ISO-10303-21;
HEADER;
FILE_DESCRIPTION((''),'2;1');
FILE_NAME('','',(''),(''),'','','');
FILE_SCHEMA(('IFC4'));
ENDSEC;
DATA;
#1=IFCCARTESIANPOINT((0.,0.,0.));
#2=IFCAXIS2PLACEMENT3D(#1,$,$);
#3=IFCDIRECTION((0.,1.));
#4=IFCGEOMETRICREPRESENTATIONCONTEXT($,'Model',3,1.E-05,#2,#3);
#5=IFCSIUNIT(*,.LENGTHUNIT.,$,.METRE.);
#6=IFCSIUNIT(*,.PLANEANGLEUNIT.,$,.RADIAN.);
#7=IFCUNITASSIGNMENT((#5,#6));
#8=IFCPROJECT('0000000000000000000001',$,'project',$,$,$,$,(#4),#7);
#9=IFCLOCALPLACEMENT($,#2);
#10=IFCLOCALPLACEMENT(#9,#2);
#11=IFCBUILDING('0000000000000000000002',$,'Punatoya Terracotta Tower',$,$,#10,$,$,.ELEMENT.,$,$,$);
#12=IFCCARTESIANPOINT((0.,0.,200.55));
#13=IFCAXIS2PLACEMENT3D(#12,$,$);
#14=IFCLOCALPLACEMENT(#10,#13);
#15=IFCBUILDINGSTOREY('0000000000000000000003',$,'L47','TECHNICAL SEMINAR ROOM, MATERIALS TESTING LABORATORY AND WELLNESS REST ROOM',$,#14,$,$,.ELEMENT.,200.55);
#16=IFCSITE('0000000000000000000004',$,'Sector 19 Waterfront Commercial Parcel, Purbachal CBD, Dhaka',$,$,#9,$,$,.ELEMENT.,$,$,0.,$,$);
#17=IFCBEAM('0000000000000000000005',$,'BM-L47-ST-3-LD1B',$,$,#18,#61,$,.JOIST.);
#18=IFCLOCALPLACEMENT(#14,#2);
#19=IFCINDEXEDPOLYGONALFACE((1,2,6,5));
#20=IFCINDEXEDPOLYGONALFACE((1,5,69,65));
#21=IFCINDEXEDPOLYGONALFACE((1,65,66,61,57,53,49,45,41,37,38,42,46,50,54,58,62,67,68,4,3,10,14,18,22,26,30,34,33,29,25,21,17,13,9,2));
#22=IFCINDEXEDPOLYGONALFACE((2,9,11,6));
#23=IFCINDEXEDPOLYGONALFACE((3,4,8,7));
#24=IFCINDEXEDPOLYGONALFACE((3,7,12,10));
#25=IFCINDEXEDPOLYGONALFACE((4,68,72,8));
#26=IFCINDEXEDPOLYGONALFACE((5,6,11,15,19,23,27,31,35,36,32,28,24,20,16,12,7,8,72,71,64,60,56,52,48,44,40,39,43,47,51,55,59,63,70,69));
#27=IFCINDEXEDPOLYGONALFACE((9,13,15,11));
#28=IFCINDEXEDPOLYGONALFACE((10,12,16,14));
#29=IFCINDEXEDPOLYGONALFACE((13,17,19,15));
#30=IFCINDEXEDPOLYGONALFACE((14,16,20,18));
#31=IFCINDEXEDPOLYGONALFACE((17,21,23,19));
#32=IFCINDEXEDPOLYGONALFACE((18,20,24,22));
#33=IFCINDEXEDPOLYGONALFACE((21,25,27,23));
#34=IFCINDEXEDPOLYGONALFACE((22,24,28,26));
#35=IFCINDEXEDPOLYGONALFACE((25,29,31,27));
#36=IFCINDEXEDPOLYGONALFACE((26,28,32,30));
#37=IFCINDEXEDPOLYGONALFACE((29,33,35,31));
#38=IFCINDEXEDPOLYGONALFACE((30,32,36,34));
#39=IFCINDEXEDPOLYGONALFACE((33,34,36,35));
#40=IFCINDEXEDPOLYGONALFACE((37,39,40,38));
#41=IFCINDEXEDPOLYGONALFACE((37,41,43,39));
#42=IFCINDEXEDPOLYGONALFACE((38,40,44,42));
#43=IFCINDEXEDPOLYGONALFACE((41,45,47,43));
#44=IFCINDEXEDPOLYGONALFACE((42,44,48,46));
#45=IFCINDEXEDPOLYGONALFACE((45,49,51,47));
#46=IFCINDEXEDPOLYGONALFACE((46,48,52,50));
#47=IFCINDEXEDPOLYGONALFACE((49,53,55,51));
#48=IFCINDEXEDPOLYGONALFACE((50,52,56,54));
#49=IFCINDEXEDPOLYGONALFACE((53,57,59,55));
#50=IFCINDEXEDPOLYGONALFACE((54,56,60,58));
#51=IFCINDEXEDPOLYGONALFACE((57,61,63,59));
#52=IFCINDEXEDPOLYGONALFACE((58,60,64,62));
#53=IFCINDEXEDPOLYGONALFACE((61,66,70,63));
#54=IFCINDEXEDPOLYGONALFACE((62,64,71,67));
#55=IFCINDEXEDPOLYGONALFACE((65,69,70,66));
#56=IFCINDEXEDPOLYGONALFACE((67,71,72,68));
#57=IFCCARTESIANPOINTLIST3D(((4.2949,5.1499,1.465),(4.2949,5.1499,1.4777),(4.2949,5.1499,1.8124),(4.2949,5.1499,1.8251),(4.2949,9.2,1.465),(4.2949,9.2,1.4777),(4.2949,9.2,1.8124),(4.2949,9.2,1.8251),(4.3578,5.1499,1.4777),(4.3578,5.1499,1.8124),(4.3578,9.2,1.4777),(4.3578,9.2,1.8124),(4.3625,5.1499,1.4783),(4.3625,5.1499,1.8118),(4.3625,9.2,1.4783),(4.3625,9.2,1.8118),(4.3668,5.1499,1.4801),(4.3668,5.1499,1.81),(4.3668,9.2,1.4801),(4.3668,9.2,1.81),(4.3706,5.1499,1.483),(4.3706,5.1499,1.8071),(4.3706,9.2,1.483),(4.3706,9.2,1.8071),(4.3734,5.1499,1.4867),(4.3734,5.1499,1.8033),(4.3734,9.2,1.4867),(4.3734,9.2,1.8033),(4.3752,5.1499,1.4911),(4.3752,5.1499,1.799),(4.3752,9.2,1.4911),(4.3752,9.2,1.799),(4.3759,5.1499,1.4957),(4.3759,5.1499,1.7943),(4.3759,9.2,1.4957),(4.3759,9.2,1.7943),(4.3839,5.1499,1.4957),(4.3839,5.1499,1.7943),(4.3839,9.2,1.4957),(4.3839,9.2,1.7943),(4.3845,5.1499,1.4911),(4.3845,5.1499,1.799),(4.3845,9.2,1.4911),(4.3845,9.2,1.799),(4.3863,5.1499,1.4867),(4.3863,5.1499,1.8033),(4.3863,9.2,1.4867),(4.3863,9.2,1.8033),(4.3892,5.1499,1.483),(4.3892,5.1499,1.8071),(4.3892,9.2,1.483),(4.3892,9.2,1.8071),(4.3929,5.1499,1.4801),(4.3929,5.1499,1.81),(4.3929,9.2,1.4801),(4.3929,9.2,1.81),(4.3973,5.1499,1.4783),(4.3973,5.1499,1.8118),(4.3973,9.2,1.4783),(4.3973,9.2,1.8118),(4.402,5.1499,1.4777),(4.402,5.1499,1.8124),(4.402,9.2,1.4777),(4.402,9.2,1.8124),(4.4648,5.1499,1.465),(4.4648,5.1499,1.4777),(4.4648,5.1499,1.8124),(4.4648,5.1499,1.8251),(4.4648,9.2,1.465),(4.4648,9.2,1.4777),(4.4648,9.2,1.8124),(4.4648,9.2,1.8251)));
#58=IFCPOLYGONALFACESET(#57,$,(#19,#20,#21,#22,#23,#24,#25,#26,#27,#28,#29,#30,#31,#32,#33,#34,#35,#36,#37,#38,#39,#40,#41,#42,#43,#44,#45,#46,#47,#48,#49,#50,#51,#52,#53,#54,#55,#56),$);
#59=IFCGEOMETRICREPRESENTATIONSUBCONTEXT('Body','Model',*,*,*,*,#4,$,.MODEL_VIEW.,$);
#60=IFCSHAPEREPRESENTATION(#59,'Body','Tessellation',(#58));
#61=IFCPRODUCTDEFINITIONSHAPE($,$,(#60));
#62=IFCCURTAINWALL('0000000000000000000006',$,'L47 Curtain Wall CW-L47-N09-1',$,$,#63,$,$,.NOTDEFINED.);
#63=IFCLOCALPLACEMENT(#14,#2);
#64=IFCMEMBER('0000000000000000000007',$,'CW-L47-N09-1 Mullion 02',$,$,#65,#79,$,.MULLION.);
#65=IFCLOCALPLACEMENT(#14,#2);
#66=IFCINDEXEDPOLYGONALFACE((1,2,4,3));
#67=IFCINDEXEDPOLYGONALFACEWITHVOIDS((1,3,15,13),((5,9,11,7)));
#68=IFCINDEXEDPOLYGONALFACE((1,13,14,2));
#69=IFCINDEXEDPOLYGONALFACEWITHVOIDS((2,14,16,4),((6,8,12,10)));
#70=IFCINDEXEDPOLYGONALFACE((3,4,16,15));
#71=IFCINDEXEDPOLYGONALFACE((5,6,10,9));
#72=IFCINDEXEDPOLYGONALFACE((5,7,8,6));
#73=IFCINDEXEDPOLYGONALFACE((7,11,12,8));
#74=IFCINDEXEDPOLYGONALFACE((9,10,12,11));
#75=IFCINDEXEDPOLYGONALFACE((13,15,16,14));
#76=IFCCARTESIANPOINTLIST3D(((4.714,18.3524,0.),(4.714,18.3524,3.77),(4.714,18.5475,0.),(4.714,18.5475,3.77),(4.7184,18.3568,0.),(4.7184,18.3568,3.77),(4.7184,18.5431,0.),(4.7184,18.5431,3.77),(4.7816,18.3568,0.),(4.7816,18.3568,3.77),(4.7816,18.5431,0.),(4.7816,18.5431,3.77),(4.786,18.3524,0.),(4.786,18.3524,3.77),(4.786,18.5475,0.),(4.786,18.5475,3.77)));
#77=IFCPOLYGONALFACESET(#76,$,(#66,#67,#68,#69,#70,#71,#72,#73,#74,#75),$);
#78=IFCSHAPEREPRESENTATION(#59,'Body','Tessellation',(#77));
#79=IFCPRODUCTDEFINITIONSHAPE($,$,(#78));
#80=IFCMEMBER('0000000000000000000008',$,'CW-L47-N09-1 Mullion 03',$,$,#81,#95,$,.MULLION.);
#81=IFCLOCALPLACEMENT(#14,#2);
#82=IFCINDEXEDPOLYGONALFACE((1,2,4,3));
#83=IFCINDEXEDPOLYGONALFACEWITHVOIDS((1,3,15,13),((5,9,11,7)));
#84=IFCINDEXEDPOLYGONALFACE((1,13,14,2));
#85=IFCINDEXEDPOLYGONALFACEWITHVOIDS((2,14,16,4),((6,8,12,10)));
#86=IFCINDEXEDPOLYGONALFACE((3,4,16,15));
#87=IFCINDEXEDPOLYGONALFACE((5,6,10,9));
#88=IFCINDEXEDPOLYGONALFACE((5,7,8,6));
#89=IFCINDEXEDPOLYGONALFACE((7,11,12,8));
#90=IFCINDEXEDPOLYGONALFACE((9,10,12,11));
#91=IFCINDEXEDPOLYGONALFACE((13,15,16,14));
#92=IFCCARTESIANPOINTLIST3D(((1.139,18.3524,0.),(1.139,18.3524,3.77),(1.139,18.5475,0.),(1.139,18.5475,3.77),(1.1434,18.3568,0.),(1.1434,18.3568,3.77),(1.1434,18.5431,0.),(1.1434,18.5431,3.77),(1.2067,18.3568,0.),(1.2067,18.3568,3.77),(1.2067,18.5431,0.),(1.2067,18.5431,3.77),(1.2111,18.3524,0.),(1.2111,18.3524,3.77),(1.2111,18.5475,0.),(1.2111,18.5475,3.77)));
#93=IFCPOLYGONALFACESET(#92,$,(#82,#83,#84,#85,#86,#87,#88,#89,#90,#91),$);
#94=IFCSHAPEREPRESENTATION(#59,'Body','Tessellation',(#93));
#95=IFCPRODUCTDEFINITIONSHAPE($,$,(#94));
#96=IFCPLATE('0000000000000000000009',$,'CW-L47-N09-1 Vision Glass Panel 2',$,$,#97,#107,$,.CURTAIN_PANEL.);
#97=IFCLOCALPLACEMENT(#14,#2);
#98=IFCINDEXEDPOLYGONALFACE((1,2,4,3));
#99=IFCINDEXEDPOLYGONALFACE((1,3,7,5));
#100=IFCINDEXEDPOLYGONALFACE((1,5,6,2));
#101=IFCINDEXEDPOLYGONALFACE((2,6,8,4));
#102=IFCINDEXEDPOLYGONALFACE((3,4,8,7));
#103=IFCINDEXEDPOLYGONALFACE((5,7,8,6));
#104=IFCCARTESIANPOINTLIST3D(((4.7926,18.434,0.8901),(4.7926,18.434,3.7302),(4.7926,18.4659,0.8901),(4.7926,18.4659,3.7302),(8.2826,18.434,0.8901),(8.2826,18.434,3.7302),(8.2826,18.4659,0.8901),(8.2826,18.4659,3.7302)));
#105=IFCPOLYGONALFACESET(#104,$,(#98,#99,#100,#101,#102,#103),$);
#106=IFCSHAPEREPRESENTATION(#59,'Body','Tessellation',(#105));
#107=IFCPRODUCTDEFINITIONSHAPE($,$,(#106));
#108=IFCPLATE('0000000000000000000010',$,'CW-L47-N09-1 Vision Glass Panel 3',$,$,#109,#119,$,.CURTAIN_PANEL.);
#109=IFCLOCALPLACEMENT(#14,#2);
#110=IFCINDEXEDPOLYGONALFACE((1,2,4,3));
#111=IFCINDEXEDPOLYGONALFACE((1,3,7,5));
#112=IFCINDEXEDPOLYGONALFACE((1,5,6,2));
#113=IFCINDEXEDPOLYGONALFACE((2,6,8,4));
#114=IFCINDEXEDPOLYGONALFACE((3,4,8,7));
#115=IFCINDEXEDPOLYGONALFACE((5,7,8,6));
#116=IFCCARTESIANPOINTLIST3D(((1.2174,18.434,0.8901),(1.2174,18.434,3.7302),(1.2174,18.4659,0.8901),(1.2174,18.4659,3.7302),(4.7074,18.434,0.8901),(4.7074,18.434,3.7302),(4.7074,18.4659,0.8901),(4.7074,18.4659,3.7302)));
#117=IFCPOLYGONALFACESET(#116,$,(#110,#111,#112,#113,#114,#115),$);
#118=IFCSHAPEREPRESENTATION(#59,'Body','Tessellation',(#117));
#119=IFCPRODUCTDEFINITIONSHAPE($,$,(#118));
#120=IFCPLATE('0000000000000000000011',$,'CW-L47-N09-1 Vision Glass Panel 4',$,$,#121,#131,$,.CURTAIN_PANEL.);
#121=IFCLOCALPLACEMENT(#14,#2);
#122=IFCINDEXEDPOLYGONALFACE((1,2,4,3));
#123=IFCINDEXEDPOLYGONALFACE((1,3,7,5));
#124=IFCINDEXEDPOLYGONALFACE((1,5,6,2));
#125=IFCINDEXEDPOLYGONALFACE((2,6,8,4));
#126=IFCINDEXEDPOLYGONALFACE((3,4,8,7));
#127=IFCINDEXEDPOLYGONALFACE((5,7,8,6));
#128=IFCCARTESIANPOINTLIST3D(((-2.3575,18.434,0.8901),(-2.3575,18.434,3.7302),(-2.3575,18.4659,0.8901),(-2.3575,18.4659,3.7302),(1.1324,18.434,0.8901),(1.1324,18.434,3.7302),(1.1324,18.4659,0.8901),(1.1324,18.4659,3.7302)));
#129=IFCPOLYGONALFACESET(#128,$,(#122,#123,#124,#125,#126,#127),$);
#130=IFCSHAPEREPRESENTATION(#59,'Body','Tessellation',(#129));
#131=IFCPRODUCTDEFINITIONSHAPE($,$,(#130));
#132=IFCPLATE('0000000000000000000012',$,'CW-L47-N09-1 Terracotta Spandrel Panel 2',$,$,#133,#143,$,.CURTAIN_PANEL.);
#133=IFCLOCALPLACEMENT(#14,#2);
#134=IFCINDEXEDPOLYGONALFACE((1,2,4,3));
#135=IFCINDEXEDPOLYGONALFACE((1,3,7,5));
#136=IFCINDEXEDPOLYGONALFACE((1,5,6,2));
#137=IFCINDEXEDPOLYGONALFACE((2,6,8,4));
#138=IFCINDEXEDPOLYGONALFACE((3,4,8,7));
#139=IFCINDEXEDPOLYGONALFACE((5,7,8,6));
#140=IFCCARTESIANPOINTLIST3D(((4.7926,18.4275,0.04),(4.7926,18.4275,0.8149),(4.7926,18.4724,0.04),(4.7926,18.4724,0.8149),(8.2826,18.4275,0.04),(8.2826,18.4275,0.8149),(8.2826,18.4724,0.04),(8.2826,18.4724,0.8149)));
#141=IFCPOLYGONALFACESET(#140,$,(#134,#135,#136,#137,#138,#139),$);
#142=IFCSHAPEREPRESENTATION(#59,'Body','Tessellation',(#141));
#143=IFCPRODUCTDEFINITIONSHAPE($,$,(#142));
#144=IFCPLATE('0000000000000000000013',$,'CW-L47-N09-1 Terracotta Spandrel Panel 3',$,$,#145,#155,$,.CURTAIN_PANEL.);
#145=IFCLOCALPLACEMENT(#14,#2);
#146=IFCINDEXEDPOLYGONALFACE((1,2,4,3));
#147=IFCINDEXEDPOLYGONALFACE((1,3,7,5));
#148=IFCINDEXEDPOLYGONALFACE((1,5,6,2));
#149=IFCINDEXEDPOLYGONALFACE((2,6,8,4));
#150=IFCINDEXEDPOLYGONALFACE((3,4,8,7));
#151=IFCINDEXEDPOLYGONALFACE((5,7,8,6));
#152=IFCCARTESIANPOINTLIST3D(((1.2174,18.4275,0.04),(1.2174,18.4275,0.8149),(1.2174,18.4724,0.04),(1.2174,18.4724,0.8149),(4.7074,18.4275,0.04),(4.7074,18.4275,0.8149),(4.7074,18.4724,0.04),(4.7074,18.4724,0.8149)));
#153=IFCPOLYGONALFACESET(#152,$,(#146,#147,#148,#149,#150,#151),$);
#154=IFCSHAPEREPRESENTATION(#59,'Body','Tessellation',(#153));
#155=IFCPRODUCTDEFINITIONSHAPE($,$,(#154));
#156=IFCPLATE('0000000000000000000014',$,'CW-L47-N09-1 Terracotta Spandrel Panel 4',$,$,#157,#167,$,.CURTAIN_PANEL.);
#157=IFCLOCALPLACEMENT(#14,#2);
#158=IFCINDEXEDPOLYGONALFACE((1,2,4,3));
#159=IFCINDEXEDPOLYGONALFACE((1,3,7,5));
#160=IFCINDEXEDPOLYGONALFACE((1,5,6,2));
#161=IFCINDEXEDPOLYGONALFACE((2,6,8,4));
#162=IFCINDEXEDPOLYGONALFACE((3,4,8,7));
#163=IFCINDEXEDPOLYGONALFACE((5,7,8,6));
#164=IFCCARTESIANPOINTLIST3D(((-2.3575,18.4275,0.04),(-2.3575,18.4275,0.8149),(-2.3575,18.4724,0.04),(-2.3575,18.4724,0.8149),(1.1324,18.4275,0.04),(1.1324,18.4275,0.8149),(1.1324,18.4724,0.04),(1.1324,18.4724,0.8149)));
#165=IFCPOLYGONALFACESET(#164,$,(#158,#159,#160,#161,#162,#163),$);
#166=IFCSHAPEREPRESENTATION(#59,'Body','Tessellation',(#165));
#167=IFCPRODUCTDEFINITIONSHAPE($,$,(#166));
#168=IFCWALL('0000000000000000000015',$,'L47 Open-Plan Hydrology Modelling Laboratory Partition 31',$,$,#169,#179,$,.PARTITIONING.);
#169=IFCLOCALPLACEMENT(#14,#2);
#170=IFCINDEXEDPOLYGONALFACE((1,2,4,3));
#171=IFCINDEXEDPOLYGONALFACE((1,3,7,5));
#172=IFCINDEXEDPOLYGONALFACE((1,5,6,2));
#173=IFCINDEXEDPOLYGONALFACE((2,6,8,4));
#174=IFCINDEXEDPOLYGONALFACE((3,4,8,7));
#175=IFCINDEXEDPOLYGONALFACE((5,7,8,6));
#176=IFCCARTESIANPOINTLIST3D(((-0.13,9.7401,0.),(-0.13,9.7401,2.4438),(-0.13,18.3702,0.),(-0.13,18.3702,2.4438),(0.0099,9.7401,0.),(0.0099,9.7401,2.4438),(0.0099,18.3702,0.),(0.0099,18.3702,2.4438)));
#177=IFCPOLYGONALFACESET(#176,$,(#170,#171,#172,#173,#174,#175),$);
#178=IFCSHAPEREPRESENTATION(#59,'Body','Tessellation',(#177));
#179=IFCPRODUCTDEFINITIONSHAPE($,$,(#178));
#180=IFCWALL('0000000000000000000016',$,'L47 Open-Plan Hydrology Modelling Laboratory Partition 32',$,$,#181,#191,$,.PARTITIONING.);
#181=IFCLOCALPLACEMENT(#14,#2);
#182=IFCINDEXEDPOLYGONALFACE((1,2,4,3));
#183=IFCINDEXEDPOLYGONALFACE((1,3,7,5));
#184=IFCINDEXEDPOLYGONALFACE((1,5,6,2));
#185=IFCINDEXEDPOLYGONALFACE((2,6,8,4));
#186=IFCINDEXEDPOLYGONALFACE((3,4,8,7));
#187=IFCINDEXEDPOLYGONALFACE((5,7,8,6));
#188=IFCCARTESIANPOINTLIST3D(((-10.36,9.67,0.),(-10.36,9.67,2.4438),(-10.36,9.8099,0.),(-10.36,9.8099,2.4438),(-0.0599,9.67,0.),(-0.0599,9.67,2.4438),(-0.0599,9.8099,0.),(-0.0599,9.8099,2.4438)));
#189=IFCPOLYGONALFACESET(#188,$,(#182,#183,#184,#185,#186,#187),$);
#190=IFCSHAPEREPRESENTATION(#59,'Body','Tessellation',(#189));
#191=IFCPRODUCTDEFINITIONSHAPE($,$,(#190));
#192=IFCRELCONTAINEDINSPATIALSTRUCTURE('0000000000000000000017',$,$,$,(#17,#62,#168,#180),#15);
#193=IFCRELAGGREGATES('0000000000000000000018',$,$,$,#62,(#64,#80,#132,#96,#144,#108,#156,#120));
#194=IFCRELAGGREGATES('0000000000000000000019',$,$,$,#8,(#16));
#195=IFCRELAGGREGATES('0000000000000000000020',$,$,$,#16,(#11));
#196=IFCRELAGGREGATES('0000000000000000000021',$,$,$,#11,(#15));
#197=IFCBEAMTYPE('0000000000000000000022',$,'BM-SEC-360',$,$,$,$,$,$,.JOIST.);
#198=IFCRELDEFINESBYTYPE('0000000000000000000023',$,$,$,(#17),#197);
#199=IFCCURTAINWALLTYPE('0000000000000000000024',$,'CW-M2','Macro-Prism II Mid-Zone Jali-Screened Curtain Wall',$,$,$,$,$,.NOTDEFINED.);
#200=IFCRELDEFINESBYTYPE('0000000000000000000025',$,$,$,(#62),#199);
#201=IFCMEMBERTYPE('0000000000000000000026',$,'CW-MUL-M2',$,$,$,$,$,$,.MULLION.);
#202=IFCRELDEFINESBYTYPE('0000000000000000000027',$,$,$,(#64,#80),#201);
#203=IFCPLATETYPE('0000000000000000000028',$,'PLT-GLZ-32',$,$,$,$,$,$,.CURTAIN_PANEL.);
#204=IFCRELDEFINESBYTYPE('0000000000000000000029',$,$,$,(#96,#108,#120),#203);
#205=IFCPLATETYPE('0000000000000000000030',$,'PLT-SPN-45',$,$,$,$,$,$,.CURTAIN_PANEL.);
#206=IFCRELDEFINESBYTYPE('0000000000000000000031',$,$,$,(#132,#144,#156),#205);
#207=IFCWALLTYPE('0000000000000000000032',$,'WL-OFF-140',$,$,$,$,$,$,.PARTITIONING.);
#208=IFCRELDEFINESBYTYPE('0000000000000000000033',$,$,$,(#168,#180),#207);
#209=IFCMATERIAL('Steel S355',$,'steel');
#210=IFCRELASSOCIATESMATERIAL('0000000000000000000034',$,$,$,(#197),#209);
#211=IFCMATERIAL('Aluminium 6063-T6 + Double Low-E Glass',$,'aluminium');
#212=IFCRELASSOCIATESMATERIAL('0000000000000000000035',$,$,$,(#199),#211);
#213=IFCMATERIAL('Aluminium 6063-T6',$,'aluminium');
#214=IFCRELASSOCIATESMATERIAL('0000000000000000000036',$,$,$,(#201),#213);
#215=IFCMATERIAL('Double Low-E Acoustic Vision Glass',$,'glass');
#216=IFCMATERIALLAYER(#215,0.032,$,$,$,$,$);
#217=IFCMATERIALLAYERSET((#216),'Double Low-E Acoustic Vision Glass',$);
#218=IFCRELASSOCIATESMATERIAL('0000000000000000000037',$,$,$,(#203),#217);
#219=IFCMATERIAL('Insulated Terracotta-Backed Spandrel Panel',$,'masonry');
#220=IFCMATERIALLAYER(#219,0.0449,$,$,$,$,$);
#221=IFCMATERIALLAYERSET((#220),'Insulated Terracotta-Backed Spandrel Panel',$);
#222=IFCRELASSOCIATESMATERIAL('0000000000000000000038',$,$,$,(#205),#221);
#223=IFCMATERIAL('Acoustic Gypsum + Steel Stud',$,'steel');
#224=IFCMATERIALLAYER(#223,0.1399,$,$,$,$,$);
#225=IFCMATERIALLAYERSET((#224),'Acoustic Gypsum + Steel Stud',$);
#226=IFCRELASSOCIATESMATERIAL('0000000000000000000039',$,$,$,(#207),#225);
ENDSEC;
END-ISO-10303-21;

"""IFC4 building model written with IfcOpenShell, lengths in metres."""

from ifc_helpers import new_model, si_unit, direction, frame, frame_2d, origin, origin_2d, place, context, subcontext, project, spatial, rectangle, hollow_rectangle, i_section, extrude, material, layer, layer_set, material_profile, profile_set, type_object, element, aggregate, save


model = new_model("IFC4")

# Units and contexts
model_context = context("Model", 3, precision=1e-05, world=origin(), true_north=direction((0.0, 1.0)))
body_context = subcontext(model_context, "Body", "Model", "MODEL_VIEW")
ifc_project = project(units=[si_unit("LENGTHUNIT", "METRE"), si_unit("PLANEANGLEUNIT", "RADIAN")], contexts=[model_context])

# Site, building, storey
site_placement = place(None, origin())
site = spatial("IfcSite", under=ifc_project, at=site_placement, Name="Sector 19 Waterfront Commercial Parcel, Purbachal CBD, Dhaka", CompositionType="ELEMENT", RefElevation=0.0)
building_placement = place(site_placement, origin())
building = spatial("IfcBuilding", under=site, at=building_placement, Name="Punatoya Terracotta Tower", CompositionType="ELEMENT")
storey_placement = place(building_placement, frame((0.0, 0.0, 200.55)))
storey = spatial("IfcBuildingStorey", under=building, at=storey_placement, Name="L47", Description="TECHNICAL SEMINAR ROOM, MATERIALS TESTING LABORATORY AND WELLNESS REST ROOM", CompositionType="ELEMENT", Elevation=200.55)

# Beam
ifc_material_1 = material(Name="Steel S355", Category="steel")
ifc_material_profile_1 = material_profile(ifc_material_1, i_section(OverallWidth=0.1699, OverallDepth=0.3601, WebThickness=0.0081, FlangeThickness=0.0127, FilletRadius=0.0181, at=origin_2d()))
ifc_profile_set_1 = profile_set([ifc_material_profile_1], Name="Steel S355")
beam_type_1 = type_object("IfcBeamType", Name="BM-SEC-360", PredefinedType="JOIST", material=ifc_profile_set_1)
for number, where, z_axis, x_axis, name in (
    (1, (4.3799, 5.1499, 1.645), (0.0, 1.0, 0.0), (-1.0, 0.0, 0.0), "BM-L47-ST-3-LD1B"),
):
    element("IfcBeam", number, at=place(storey_placement, frame(where, z_axis=z_axis, x_axis=x_axis)), inside=storey, type_object=beam_type_1, Name=name, PredefinedType="JOIST", context=body_context, shape_type="SweptSolid", body=[
        extrude(i_section(OverallWidth=0.1699, OverallDepth=0.3601, WebThickness=0.0081, FlangeThickness=0.0127, FilletRadius=0.0181, at=origin_2d()), origin(), (0.0, 0.0, 1.0), 4.05),
    ])

# Curtain wall, members, plates
ifc_material_2 = material(Name="Aluminium 6063-T6 + Double Low-E Glass", Category="aluminium")
curtain_wall_type = type_object("IfcCurtainWallType", Name="CW-M2", Description="Macro-Prism II Mid-Zone Jali-Screened Curtain Wall", PredefinedType="NOTDEFINED", material=ifc_material_2)
curtain_wall_placement = place(storey_placement, origin())
curtain_wall = element("IfcCurtainWall", 2, at=curtain_wall_placement, inside=storey, type_object=curtain_wall_type, Name="L47 Curtain Wall CW-L47-N09-1", PredefinedType="NOTDEFINED")
ifc_material_3 = material(Name="Aluminium 6063-T6", Category="aluminium")
ifc_material_profile_2 = material_profile(ifc_material_3, hollow_rectangle(XDim=0.072, YDim=0.1951, WallThickness=0.0044, at=origin_2d()))
ifc_profile_set_2 = profile_set([ifc_material_profile_2], Name="Aluminium 6063-T6")
member_type = type_object("IfcMemberType", Name="CW-MUL-M2", PredefinedType="MULLION", material=ifc_profile_set_2)
member_1_placement = place(storey_placement, frame((4.75, 18.45, 0.0), z_axis=(0.0, 0.0, 1.0), x_axis=(1.0, 0.0, 0.0)))
member_1 = element("IfcMember", 3, at=member_1_placement, type_object=member_type, Name="CW-L47-N09-1 Mullion 02", PredefinedType="MULLION", context=body_context, shape_type="SweptSolid", body=[
    extrude(hollow_rectangle(XDim=0.072, YDim=0.1951, WallThickness=0.0044, at=origin_2d()), origin(), (0.0, 0.0, 1.0), 3.77),
])
member_2_placement = place(storey_placement, frame((1.175, 18.45, 0.0), z_axis=(0.0, 0.0, 1.0), x_axis=(1.0, 0.0, 0.0)))
member_2 = element("IfcMember", 4, at=member_2_placement, type_object=member_type, Name="CW-L47-N09-1 Mullion 03", PredefinedType="MULLION", context=body_context, shape_type="SweptSolid", body=[
    extrude(hollow_rectangle(XDim=0.072, YDim=0.1951, WallThickness=0.0044, at=origin_2d()), origin(), (0.0, 0.0, 1.0), 3.77),
])
ifc_material_4 = material(Name="Double Low-E Acoustic Vision Glass", Category="glass")
ifc_layer_1 = layer(ifc_material_4, 0.032)
ifc_layer_set_1 = layer_set([ifc_layer_1], Name="Double Low-E Acoustic Vision Glass")
plate_type_1 = type_object("IfcPlateType", Name="PLT-GLZ-32", PredefinedType="CURTAIN_PANEL", material=ifc_layer_set_1)
plate_1_placement = place(storey_placement, frame((6.5376, 18.45, 0.8901), z_axis=(0.0, 0.0, 1.0), x_axis=(-1.0, 0.0, 0.0)))
plate_1 = element("IfcPlate", 5, at=plate_1_placement, type_object=plate_type_1, Name="CW-L47-N09-1 Vision Glass Panel 2", PredefinedType="CURTAIN_PANEL", context=body_context, shape_type="SweptSolid", body=[
    extrude(rectangle(XDim=3.49, YDim=0.032, at=origin_2d()), origin(), (0.0, 0.0, 1.0), 2.8401),
])
plate_2_placement = place(storey_placement, frame((2.9624, 18.45, 0.8901), z_axis=(0.0, 0.0, 1.0), x_axis=(-1.0, 0.0, 0.0)))
plate_2 = element("IfcPlate", 6, at=plate_2_placement, type_object=plate_type_1, Name="CW-L47-N09-1 Vision Glass Panel 3", PredefinedType="CURTAIN_PANEL", context=body_context, shape_type="SweptSolid", body=[
    extrude(rectangle(XDim=3.49, YDim=0.032, at=origin_2d()), origin(), (0.0, 0.0, 1.0), 2.8401),
])
plate_3_placement = place(storey_placement, frame((-0.6125, 18.45, 0.8901), z_axis=(0.0, 0.0, 1.0), x_axis=(-1.0, 0.0, 0.0)))
plate_3 = element("IfcPlate", 7, at=plate_3_placement, type_object=plate_type_1, Name="CW-L47-N09-1 Vision Glass Panel 4", PredefinedType="CURTAIN_PANEL", context=body_context, shape_type="SweptSolid", body=[
    extrude(rectangle(XDim=3.49, YDim=0.032, at=origin_2d()), origin(), (0.0, 0.0, 1.0), 2.8401),
])
ifc_material_5 = material(Name="Insulated Terracotta-Backed Spandrel Panel", Category="masonry")
ifc_layer_2 = layer(ifc_material_5, 0.0449)
ifc_layer_set_2 = layer_set([ifc_layer_2], Name="Insulated Terracotta-Backed Spandrel Panel")
plate_type_2 = type_object("IfcPlateType", Name="PLT-SPN-45", PredefinedType="CURTAIN_PANEL", material=ifc_layer_set_2)
plate_4_placement = place(storey_placement, frame((6.5376, 18.45, 0.04), z_axis=(0.0, 0.0, 1.0), x_axis=(-1.0, 0.0, 0.0)))
plate_4 = element("IfcPlate", 8, at=plate_4_placement, type_object=plate_type_2, Name="CW-L47-N09-1 Terracotta Spandrel Panel 2", PredefinedType="CURTAIN_PANEL", context=body_context, shape_type="SweptSolid", body=[
    extrude(rectangle(XDim=3.49, YDim=0.0449, at=origin_2d()), origin(), (0.0, 0.0, 1.0), 0.7749),
])
plate_5_placement = place(storey_placement, frame((2.9624, 18.45, 0.04), z_axis=(0.0, 0.0, 1.0), x_axis=(-1.0, 0.0, 0.0)))
plate_5 = element("IfcPlate", 9, at=plate_5_placement, type_object=plate_type_2, Name="CW-L47-N09-1 Terracotta Spandrel Panel 3", PredefinedType="CURTAIN_PANEL", context=body_context, shape_type="SweptSolid", body=[
    extrude(rectangle(XDim=3.49, YDim=0.0449, at=origin_2d()), origin(), (0.0, 0.0, 1.0), 0.7749),
])
plate_6_placement = place(storey_placement, frame((-0.6125, 18.45, 0.04), z_axis=(0.0, 0.0, 1.0), x_axis=(-1.0, 0.0, 0.0)))
plate_6 = element("IfcPlate", 10, at=plate_6_placement, type_object=plate_type_2, Name="CW-L47-N09-1 Terracotta Spandrel Panel 4", PredefinedType="CURTAIN_PANEL", context=body_context, shape_type="SweptSolid", body=[
    extrude(rectangle(XDim=3.49, YDim=0.0449, at=origin_2d()), origin(), (0.0, 0.0, 1.0), 0.7749),
])
aggregate(curtain_wall, [member_1, member_2, plate_4, plate_1, plate_5, plate_2, plate_6, plate_3])

# Walls
ifc_material_6 = material(Name="Acoustic Gypsum + Steel Stud", Category="steel")
ifc_layer_3 = layer(ifc_material_6, 0.1399)
ifc_layer_set_3 = layer_set([ifc_layer_3], Name="Acoustic Gypsum + Steel Stud")
wall_type_1 = type_object("IfcWallType", Name="WL-OFF-140", PredefinedType="PARTITIONING", material=ifc_layer_set_3)
wall_1_placement = place(storey_placement, frame((-0.0601, 18.3701, 0.0), z_axis=(0.0, 0.0, 1.0), x_axis=(0.0, -1.0, 0.0)))
element("IfcWall", 11, at=wall_1_placement, inside=storey, type_object=wall_type_1, Name="L47 Open-Plan Hydrology Modelling Laboratory Partition 31", PredefinedType="PARTITIONING", context=body_context, shape_type="SweptSolid", body=[
    extrude(rectangle(XDim=8.6301, YDim=0.1399, at=frame_2d((4.3149, 0.0))), origin(), (0.0, 0.0, 1.0), 2.4438),
])
wall_2_placement = place(storey_placement, frame((-0.0601, 9.74, 0.0), z_axis=(0.0, 0.0, 1.0), x_axis=(-1.0, 0.0, 0.0)))
element("IfcWall", 12, at=wall_2_placement, inside=storey, type_object=wall_type_1, Name="L47 Open-Plan Hydrology Modelling Laboratory Partition 32", PredefinedType="PARTITIONING", context=body_context, shape_type="SweptSolid", body=[
    extrude(rectangle(XDim=10.3, YDim=0.1399, at=frame_2d((5.1499, 0.0))), origin(), (0.0, 0.0, 1.0), 2.4438),
])

save(model, "model.ifc")
